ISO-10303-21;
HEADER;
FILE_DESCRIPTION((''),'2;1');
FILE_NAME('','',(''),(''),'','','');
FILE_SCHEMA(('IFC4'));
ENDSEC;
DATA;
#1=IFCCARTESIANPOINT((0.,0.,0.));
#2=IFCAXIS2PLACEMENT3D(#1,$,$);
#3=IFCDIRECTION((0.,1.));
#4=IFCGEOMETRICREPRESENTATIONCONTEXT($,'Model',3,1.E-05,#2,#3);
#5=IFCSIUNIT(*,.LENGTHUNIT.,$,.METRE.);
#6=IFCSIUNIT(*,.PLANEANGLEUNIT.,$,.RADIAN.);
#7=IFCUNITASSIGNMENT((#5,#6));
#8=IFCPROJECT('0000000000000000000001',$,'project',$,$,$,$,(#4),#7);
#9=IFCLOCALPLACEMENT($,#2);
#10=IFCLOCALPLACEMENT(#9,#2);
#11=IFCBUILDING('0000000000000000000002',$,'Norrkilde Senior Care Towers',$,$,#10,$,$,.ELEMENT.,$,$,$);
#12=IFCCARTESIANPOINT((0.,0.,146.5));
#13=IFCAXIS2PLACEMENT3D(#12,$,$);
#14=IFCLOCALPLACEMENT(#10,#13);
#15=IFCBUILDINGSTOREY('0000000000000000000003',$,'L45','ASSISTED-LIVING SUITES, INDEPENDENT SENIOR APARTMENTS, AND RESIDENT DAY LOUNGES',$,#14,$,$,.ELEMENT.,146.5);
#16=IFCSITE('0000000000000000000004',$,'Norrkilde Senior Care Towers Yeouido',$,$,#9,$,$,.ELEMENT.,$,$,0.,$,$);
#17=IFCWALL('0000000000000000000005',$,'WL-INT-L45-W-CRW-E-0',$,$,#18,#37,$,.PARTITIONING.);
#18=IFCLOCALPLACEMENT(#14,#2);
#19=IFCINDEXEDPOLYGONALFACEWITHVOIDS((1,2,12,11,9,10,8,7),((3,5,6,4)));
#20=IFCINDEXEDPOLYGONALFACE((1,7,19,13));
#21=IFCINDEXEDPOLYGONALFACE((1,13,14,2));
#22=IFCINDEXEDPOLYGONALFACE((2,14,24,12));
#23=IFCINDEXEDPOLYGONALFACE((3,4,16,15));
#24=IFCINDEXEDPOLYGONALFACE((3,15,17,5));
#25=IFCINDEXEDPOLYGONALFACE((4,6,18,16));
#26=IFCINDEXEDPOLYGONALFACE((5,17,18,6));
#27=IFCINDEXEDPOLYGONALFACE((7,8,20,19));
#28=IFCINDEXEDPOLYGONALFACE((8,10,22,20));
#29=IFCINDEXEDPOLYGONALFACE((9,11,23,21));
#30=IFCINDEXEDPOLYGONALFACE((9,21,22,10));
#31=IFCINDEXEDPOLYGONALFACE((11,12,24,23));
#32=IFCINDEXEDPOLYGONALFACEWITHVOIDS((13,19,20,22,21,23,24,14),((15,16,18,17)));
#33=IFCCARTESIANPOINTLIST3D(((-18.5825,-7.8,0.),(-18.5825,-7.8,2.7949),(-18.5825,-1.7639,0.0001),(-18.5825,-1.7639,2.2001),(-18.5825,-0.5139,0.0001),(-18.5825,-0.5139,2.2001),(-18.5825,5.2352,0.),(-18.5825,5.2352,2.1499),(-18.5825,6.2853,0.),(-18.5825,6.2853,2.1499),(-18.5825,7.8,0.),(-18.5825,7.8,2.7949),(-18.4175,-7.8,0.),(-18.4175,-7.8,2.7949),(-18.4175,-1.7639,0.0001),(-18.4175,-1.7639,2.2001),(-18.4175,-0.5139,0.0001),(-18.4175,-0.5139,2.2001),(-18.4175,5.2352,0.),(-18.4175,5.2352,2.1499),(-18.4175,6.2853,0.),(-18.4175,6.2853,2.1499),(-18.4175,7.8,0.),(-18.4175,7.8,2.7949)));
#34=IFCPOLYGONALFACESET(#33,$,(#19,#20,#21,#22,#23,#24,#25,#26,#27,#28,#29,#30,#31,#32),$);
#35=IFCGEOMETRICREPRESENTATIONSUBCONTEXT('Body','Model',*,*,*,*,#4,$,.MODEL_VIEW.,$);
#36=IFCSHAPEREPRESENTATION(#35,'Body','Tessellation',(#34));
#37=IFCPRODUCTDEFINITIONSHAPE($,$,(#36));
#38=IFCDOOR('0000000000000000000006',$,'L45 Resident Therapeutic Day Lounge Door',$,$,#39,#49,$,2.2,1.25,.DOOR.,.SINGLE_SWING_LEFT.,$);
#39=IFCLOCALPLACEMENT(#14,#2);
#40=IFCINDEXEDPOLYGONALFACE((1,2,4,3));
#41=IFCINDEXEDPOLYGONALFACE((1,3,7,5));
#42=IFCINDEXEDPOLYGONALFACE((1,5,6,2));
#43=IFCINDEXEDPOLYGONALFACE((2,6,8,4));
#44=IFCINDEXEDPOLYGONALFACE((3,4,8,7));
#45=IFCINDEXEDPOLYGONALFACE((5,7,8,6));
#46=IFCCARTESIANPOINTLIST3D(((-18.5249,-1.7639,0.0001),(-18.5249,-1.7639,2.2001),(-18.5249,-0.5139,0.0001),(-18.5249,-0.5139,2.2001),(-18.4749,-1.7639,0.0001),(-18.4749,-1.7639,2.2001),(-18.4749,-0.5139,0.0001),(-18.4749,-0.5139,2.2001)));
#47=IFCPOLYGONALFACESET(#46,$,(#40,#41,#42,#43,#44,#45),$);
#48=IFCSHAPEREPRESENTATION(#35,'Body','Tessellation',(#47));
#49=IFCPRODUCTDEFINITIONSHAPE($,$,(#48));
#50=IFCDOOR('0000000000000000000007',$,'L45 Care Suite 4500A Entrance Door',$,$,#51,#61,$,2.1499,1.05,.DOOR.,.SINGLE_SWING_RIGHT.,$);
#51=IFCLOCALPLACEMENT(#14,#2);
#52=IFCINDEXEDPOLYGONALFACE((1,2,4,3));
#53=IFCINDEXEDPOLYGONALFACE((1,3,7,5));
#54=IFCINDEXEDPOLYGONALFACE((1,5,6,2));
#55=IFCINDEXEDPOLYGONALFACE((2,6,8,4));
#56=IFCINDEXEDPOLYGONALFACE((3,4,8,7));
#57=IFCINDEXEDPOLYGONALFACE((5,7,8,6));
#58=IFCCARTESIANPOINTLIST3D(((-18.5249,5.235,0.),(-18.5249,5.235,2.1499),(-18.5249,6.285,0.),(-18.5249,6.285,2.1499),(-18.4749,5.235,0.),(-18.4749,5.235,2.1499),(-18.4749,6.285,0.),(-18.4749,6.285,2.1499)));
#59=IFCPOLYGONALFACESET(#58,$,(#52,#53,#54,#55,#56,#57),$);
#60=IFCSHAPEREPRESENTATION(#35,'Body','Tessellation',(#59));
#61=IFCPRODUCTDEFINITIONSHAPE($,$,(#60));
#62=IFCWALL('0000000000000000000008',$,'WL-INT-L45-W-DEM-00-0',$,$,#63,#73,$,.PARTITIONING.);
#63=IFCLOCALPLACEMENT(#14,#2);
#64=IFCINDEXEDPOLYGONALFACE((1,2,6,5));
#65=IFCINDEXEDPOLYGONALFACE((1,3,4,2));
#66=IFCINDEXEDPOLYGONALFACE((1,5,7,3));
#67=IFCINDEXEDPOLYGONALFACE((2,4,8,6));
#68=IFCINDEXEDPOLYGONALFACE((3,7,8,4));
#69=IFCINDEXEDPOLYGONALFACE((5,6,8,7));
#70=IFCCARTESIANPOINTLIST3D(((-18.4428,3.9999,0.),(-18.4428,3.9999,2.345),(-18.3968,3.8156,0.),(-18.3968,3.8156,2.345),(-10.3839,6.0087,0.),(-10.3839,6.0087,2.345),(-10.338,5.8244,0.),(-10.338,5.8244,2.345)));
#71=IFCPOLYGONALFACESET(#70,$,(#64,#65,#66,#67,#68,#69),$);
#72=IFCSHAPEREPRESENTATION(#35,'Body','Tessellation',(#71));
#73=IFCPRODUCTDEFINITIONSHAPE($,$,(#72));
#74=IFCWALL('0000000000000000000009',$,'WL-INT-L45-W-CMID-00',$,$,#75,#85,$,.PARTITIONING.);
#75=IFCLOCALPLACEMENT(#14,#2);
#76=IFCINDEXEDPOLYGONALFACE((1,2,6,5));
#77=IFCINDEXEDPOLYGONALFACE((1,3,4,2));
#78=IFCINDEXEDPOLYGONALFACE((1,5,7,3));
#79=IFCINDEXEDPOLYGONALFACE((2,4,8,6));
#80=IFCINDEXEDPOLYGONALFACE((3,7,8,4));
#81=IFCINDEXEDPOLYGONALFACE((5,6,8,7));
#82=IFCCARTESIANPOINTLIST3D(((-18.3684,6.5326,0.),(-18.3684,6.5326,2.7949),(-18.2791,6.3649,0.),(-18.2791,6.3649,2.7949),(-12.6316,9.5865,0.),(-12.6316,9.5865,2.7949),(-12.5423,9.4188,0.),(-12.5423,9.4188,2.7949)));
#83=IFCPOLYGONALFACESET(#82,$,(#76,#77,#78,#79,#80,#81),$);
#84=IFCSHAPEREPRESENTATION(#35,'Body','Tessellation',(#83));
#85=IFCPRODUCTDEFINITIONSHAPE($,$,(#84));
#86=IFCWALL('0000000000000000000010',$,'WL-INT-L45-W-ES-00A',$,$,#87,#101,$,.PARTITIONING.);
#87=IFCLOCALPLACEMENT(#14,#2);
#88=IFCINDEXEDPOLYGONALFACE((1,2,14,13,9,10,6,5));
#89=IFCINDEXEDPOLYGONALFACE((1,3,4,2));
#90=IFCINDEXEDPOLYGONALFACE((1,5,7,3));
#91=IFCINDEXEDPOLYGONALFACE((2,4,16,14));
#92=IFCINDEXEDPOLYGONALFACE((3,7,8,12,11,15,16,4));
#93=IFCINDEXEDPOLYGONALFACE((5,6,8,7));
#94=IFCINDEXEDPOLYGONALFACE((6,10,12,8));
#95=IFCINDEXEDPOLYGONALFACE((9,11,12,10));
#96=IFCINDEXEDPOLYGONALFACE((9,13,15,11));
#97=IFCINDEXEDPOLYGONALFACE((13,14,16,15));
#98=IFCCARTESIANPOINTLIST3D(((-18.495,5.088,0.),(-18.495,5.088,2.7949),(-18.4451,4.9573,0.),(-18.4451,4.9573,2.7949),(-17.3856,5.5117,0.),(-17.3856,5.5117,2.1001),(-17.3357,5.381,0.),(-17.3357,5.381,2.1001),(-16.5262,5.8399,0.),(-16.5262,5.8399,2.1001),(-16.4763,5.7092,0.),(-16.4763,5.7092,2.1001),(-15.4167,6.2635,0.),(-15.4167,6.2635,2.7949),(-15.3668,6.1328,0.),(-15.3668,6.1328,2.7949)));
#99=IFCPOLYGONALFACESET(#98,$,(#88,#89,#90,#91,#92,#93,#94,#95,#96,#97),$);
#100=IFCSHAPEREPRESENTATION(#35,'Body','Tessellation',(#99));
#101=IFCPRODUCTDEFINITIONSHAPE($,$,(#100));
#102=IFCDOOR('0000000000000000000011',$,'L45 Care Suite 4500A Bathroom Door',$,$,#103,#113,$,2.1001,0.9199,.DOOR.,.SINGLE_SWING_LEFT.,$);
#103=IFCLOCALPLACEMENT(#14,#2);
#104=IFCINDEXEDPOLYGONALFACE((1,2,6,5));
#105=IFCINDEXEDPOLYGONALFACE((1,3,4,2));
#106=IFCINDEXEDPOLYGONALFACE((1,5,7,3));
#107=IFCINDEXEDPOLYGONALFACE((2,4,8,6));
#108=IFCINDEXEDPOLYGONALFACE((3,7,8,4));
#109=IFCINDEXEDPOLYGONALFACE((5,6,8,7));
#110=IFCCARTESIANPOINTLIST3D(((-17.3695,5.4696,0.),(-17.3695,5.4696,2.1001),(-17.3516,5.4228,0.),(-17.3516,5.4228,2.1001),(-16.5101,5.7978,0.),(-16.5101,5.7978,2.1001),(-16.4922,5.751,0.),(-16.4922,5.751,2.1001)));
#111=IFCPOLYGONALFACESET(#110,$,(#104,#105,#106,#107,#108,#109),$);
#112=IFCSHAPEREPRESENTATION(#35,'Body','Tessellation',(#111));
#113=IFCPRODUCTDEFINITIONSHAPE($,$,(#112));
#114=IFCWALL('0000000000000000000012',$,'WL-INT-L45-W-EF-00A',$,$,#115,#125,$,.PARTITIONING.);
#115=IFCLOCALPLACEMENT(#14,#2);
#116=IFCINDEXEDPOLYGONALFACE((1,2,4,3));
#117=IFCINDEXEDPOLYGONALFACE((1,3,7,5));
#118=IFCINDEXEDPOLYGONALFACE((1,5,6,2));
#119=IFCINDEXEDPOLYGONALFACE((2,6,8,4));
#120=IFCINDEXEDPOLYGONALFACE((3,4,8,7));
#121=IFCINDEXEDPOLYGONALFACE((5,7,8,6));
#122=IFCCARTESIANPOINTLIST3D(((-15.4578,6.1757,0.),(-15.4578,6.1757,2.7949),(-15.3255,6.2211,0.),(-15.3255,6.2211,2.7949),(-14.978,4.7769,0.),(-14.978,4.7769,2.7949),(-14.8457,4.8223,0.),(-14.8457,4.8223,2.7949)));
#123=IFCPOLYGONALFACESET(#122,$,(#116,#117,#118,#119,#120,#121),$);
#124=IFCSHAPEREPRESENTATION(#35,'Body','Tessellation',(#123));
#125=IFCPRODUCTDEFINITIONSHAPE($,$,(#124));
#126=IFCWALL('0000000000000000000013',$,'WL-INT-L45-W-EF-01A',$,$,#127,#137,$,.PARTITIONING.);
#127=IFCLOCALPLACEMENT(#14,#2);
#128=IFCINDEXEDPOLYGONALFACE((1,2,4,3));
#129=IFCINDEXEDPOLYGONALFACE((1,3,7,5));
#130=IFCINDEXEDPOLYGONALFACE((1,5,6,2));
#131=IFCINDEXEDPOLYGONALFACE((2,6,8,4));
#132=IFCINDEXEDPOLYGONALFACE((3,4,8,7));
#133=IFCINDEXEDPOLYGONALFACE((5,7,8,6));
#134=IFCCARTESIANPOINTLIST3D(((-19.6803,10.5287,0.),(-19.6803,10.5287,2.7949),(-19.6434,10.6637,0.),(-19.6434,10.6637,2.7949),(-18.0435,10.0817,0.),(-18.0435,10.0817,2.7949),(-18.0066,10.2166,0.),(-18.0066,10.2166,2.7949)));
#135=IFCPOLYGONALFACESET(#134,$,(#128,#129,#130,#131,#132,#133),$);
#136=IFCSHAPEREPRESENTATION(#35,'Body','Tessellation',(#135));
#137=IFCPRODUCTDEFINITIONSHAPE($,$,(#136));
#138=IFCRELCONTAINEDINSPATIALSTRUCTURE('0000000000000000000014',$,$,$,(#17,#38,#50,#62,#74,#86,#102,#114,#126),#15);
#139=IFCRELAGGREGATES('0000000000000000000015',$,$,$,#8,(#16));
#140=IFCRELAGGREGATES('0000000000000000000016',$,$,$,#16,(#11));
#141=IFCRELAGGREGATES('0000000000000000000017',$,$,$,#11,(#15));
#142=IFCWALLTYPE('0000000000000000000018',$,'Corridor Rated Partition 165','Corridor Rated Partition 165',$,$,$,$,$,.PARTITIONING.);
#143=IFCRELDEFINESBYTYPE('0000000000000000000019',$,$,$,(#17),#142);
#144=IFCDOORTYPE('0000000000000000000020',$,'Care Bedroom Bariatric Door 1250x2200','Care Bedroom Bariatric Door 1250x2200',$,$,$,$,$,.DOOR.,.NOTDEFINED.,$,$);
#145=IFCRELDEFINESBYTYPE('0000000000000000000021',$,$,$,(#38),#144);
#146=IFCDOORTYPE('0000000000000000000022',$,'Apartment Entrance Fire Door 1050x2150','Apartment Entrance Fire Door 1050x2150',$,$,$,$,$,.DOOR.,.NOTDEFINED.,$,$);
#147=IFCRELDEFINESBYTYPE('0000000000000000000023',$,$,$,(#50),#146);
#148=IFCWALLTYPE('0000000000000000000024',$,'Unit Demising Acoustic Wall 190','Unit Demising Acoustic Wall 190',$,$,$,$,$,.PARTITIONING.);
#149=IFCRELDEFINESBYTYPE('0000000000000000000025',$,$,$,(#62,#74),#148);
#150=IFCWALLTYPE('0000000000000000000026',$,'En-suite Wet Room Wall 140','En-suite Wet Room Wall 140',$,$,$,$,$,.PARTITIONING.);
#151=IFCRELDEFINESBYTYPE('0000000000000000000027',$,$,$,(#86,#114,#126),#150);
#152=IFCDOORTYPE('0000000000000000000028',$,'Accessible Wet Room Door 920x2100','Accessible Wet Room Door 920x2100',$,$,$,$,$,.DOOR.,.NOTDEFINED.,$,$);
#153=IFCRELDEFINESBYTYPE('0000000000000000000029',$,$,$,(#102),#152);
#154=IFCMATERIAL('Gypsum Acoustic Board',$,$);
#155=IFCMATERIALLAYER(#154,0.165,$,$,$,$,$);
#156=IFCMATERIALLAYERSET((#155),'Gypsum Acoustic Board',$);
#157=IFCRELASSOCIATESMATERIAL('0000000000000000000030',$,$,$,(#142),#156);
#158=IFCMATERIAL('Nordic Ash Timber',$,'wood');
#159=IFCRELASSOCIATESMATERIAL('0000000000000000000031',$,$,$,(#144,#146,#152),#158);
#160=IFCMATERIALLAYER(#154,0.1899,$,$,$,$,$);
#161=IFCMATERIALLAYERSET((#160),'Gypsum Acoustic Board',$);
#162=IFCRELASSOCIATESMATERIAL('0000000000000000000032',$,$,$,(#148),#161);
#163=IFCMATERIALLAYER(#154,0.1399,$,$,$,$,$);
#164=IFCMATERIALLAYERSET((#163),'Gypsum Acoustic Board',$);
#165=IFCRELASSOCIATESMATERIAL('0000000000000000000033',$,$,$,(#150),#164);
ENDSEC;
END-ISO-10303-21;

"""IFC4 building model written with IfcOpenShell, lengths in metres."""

from ifc_helpers import new_model, si_unit, direction, frame, frame_2d, origin, place, context, subcontext, project, spatial, rectangle, extrude, source, transform, mapped, material, layer, layer_set, type_object, type_shapes, element, fill, save


model = new_model("IFC4")

# Units and contexts
model_context = context("Model", 3, precision=1e-05, world=origin(), true_north=direction((0.0, 1.0)))
body_context = subcontext(model_context, "Body", "Model", "MODEL_VIEW")
ifc_project = project(units=[si_unit("LENGTHUNIT", "METRE"), si_unit("PLANEANGLEUNIT", "RADIAN")], contexts=[model_context])

# Site, building, storey
site_placement = place(None, origin())
site = spatial("IfcSite", under=ifc_project, at=site_placement, Name="Norrkilde Senior Care Towers Yeouido", CompositionType="ELEMENT", RefElevation=0.0)
building_placement = place(site_placement, origin())
building = spatial("IfcBuilding", under=site, at=building_placement, Name="Norrkilde Senior Care Towers", CompositionType="ELEMENT")
storey_placement = place(building_placement, frame((0.0, 0.0, 146.5)))
storey = spatial("IfcBuildingStorey", under=building, at=storey_placement, Name="L45", Description="ASSISTED-LIVING SUITES, INDEPENDENT SENIOR APARTMENTS, AND RESIDENT DAY LOUNGES", CompositionType="ELEMENT", Elevation=146.5)

# Wall, openings, doors
ifc_material_1 = material(Name="Gypsum Acoustic Board")
ifc_layer_1 = layer(ifc_material_1, 0.165)
ifc_layer_set_1 = layer_set([ifc_layer_1], Name="Gypsum Acoustic Board")
wall_type_1 = type_object("IfcWallType", Name="Corridor Rated Partition 165", Description="Corridor Rated Partition 165", PredefinedType="PARTITIONING", material=ifc_layer_set_1)
shared_shape_1 = source(origin(), body_context, "Body", "SweptSolid", [
    extrude(rectangle(XDim=15.6001, YDim=0.165, at=frame_2d((7.8, 0.0))), origin(), (0.0, 0.0, 1.0), 2.7949),
])
type_shapes(wall_type_1, [shared_shape_1])
wall_1_placement = place(storey_placement, frame((-18.5, 7.8, 0.0), z_axis=(0.0, 0.0, 1.0), x_axis=(0.0, -1.0, 0.0)))
wall_1 = element("IfcWall", 1, at=wall_1_placement, inside=storey, type_object=wall_type_1, Name="WL-INT-L45-W-CRW-E-0", PredefinedType="PARTITIONING", context=body_context, shape_type="MappedRepresentation", body=[
    mapped(shared_shape_1, transform((0.0, 0.0, 0.0), x_axis=(1.0, 0.0, 0.0), y_axis=(0.0, 1.0, 0.0), z_axis=(0.0, 0.0, 1.0), scale=1.0)),
])
opening_1_placement = place(wall_1_placement, frame((8.314, 0.0, 0.0)))
opening_1 = element("IfcOpeningElement", 2, at=opening_1_placement, cuts=wall_1, PredefinedType="OPENING", context=body_context, shape_type="SweptSolid", body=[
    extrude(rectangle(XDim=1.25, YDim=2.2, at=frame_2d((0.625, 1.1001))), frame((0.0, 0.0925, 0.0), z_axis=(0.0, -1.0, 0.0), x_axis=(1.0, 0.0, 0.0)), (0.0, 0.0, 1.0), 0.1851),
])
opening_2_placement = place(wall_1_placement, frame((1.5149, 0.0, 0.0)))
opening_2 = element("IfcOpeningElement", 3, at=opening_2_placement, cuts=wall_1, PredefinedType="OPENING", context=body_context, shape_type="SweptSolid", body=[
    extrude(rectangle(XDim=1.05, YDim=2.1499, at=frame_2d((0.5249, 1.075))), frame((0.0, 0.0925, 0.0), z_axis=(0.0, -1.0, 0.0), x_axis=(1.0, 0.0, 0.0)), (0.0, 0.0, 1.0), 0.1851),
])
ifc_material_2 = material(Name="Nordic Ash Timber", Category="wood")
door_type_1 = type_object("IfcDoorType", Name="Care Bedroom Bariatric Door 1250x2200", Description="Care Bedroom Bariatric Door 1250x2200", OperationType="NOTDEFINED", PredefinedType="DOOR", material=ifc_material_2)
shared_shape_2 = source(origin(), body_context, "Body", "SweptSolid", [
    extrude(rectangle(XDim=1.25, YDim=2.2, at=frame_2d((0.625, 1.1001))), frame((0.0, 0.0249, 0.0), z_axis=(0.0, -1.0, 0.0), x_axis=(1.0, 0.0, 0.0)), (0.0, 0.0, 1.0), 0.05),
])
type_shapes(door_type_1, [shared_shape_2])
door_1_placement = place(opening_1_placement, frame((1.25, 0.0, 0.0), z_axis=(0.0, 0.0, 1.0), x_axis=(-1.0, 0.0, 0.0)))
door_1 = element("IfcDoor", 4, at=door_1_placement, inside=storey, type_object=door_type_1, Name="L45 Resident Therapeutic Day Lounge Door", OperationType="SINGLE_SWING_LEFT", OverallHeight=2.2, OverallWidth=1.25, PredefinedType="DOOR", context=body_context, shape_type="MappedRepresentation", body=[
    mapped(shared_shape_2, transform((0.0, 0.0, 0.0), x_axis=(1.0, 0.0, 0.0), y_axis=(0.0, 1.0, 0.0), z_axis=(0.0, 0.0, 1.0), scale=1.0)),
])
fill(opening_1, door_1)
door_type_2 = type_object("IfcDoorType", Name="Apartment Entrance Fire Door 1050x2150", Description="Apartment Entrance Fire Door 1050x2150", OperationType="NOTDEFINED", PredefinedType="DOOR", material=ifc_material_2)
shared_shape_3 = source(origin(), body_context, "Body", "SweptSolid", [
    extrude(rectangle(XDim=1.05, YDim=2.1499, at=frame_2d((0.5249, 1.075))), frame((0.0, 0.0249, 0.0), z_axis=(0.0, -1.0, 0.0), x_axis=(1.0, 0.0, 0.0)), (0.0, 0.0, 1.0), 0.05),
])
type_shapes(door_type_2, [shared_shape_3])
door_2_placement = place(opening_2_placement, frame((1.05, 0.0, 0.0), z_axis=(0.0, 0.0, 1.0), x_axis=(-1.0, 0.0, 0.0)))
door_2 = element("IfcDoor", 5, at=door_2_placement, inside=storey, type_object=door_type_2, Name="L45 Care Suite 4500A Entrance Door", OperationType="SINGLE_SWING_RIGHT", OverallHeight=2.1499, OverallWidth=1.05, PredefinedType="DOOR", context=body_context, shape_type="MappedRepresentation", body=[
    mapped(shared_shape_3, transform((0.0, 0.0, 0.0), x_axis=(1.0, 0.0, 0.0), y_axis=(0.0, 1.0, 0.0), z_axis=(0.0, 0.0, 1.0), scale=1.0)),
])
fill(opening_2, door_2)

# Walls
ifc_layer_2 = layer(ifc_material_1, 0.1899)
ifc_layer_set_2 = layer_set([ifc_layer_2], Name="Gypsum Acoustic Board")
wall_type_2 = type_object("IfcWallType", Name="Unit Demising Acoustic Wall 190", Description="Unit Demising Acoustic Wall 190", PredefinedType="PARTITIONING", material=ifc_layer_set_2)
shared_shape_4 = source(origin(), body_context, "Body", "SweptSolid", [
    extrude(rectangle(XDim=8.3054, YDim=0.1899, at=frame_2d((4.1528, 0.0))), origin(), (0.0, 0.0, 1.0), 2.345),
])
wall_2_placement = place(storey_placement, frame((-18.4199, 3.9077, 0.0), z_axis=(0.0, 0.0, 1.0), x_axis=(0.97031, 0.241865, 0.0)))
element("IfcWall", 6, at=wall_2_placement, inside=storey, type_object=wall_type_2, Name="WL-INT-L45-W-DEM-00-0", PredefinedType="PARTITIONING", context=body_context, shape_type="MappedRepresentation", body=[
    mapped(shared_shape_4, transform((0.0, 0.0, 0.0), x_axis=(1.0, 0.0, 0.0), y_axis=(0.0, 1.0, 0.0), z_axis=(0.0, 0.0, 1.0), scale=1.0)),
])
shared_shape_5 = source(origin(), body_context, "Body", "SweptSolid", [
    extrude(rectangle(XDim=6.499, YDim=0.1899, at=frame_2d((3.2495, 0.0))), origin(), (0.0, 0.0, 1.0), 2.7949),
])
type_shapes(wall_type_2, [shared_shape_4, shared_shape_5])
wall_3_placement = place(storey_placement, frame((-18.3237, 6.4487, 0.0), z_axis=(0.0, 0.0, 1.0), x_axis=(0.882716, 0.469908, 0.0)))
element("IfcWall", 7, at=wall_3_placement, inside=storey, type_object=wall_type_2, Name="WL-INT-L45-W-CMID-00", PredefinedType="PARTITIONING", context=body_context, shape_type="MappedRepresentation", body=[
    mapped(shared_shape_5, transform((0.0, 0.0, 0.0), x_axis=(1.0, 0.0, 0.0), y_axis=(0.0, 1.0, 0.0), z_axis=(0.0, 0.0, 1.0), scale=1.0)),
])

# Wall, opening, door
ifc_layer_3 = layer(ifc_material_1, 0.1399)
ifc_layer_set_3 = layer_set([ifc_layer_3], Name="Gypsum Acoustic Board")
wall_type_3 = type_object("IfcWallType", Name="En-suite Wet Room Wall 140", Description="En-suite Wet Room Wall 140", PredefinedType="PARTITIONING", material=ifc_layer_set_3)
shared_shape_6 = source(origin(), body_context, "Body", "SweptSolid", [
    extrude(rectangle(XDim=3.2952, YDim=0.1399, at=frame_2d((1.6475, 0.0))), origin(), (0.0, 0.0, 1.0), 2.7949),
])
wall_4_placement = place(storey_placement, frame((-18.47, 5.0227, 0.0), z_axis=(0.0, 0.0, 1.0), x_axis=(0.934202, 0.356744, 0.0)))
wall_4 = element("IfcWall", 8, at=wall_4_placement, inside=storey, type_object=wall_type_3, Name="WL-INT-L45-W-ES-00A", PredefinedType="PARTITIONING", context=body_context, shape_type="MappedRepresentation", body=[
    mapped(shared_shape_6, transform((0.0, 0.0, 0.0), x_axis=(1.0, 0.0, 0.0), y_axis=(0.0, 1.0, 0.0), z_axis=(0.0, 0.0, 1.0), scale=1.0)),
])
opening_3_placement = place(wall_4_placement, frame((1.1875, 0.0, 0.0)))
opening_3 = element("IfcOpeningElement", 9, at=opening_3_placement, cuts=wall_4, PredefinedType="OPENING", context=body_context, shape_type="SweptSolid", body=[
    extrude(rectangle(XDim=0.9199, YDim=2.1001, at=frame_2d((0.46, 1.05))), frame((0.0, 0.0798, 0.0), z_axis=(0.0, -1.0, 0.0), x_axis=(1.0, 0.0, 0.0)), (0.0, 0.0, 1.0), 0.1599),
])
door_type_3 = type_object("IfcDoorType", Name="Accessible Wet Room Door 920x2100", Description="Accessible Wet Room Door 920x2100", OperationType="NOTDEFINED", PredefinedType="DOOR", material=ifc_material_2)
shared_shape_7 = source(origin(), body_context, "Body", "SweptSolid", [
    extrude(rectangle(XDim=0.9199, YDim=2.1001, at=frame_2d((0.46, 1.05))), frame((0.0, 0.0249, 0.0), z_axis=(0.0, -1.0, 0.0), x_axis=(1.0, 0.0, 0.0)), (0.0, 0.0, 1.0), 0.05),
])
type_shapes(door_type_3, [shared_shape_7])
door_3_placement = place(opening_3_placement, origin())
door_3 = element("IfcDoor", 10, at=door_3_placement, inside=storey, type_object=door_type_3, Name="L45 Care Suite 4500A Bathroom Door", OperationType="SINGLE_SWING_LEFT", OverallHeight=2.1001, OverallWidth=0.9199, PredefinedType="DOOR", context=body_context, shape_type="MappedRepresentation", body=[
    mapped(shared_shape_7, transform((0.0, 0.0, 0.0), x_axis=(1.0, 0.0, 0.0), y_axis=(0.0, 1.0, 0.0), z_axis=(0.0, 0.0, 1.0), scale=1.0)),
])
fill(opening_3, door_3)

# Walls
shared_shape_8 = source(origin(), body_context, "Body", "SweptSolid", [
    extrude(rectangle(XDim=1.4788, YDim=0.1399, at=frame_2d((0.7393, 0.0))), origin(), (0.0, 0.0, 1.0), 2.7949),
])
wall_5_placement = place(storey_placement, frame((-15.3916, 6.1982, 0.0), z_axis=(0.0, 0.0, 1.0), x_axis=(0.324438, -0.945907, 0.0)))
element("IfcWall", 11, at=wall_5_placement, inside=storey, type_object=wall_type_3, Name="WL-INT-L45-W-EF-00A", PredefinedType="PARTITIONING", context=body_context, shape_type="MappedRepresentation", body=[
    mapped(shared_shape_8, transform((0.0, 0.0, 0.0), x_axis=(1.0, 0.0, 0.0), y_axis=(0.0, 1.0, 0.0), z_axis=(0.0, 0.0, 1.0), scale=1.0)),
])
shared_shape_9 = source(origin(), body_context, "Body", "SweptSolid", [
    extrude(rectangle(XDim=1.6968, YDim=0.1399, at=frame_2d((0.8484, 0.0))), origin(), (0.0, 0.0, 1.0), 2.7949),
])
type_shapes(wall_type_3, [shared_shape_6, shared_shape_8, shared_shape_9])
wall_6_placement = place(storey_placement, frame((-19.6619, 10.5962, 0.0), z_axis=(0.0, 0.0, 1.0), x_axis=(0.964667, -0.26347, 0.0)))
element("IfcWall", 12, at=wall_6_placement, inside=storey, type_object=wall_type_3, Name="WL-INT-L45-W-EF-01A", PredefinedType="PARTITIONING", context=body_context, shape_type="MappedRepresentation", body=[
    mapped(shared_shape_9, transform((0.0, 0.0, 0.0), x_axis=(1.0, 0.0, 0.0), y_axis=(0.0, 1.0, 0.0), z_axis=(0.0, 0.0, 1.0), scale=1.0)),
])

save(model, "model.ifc")
